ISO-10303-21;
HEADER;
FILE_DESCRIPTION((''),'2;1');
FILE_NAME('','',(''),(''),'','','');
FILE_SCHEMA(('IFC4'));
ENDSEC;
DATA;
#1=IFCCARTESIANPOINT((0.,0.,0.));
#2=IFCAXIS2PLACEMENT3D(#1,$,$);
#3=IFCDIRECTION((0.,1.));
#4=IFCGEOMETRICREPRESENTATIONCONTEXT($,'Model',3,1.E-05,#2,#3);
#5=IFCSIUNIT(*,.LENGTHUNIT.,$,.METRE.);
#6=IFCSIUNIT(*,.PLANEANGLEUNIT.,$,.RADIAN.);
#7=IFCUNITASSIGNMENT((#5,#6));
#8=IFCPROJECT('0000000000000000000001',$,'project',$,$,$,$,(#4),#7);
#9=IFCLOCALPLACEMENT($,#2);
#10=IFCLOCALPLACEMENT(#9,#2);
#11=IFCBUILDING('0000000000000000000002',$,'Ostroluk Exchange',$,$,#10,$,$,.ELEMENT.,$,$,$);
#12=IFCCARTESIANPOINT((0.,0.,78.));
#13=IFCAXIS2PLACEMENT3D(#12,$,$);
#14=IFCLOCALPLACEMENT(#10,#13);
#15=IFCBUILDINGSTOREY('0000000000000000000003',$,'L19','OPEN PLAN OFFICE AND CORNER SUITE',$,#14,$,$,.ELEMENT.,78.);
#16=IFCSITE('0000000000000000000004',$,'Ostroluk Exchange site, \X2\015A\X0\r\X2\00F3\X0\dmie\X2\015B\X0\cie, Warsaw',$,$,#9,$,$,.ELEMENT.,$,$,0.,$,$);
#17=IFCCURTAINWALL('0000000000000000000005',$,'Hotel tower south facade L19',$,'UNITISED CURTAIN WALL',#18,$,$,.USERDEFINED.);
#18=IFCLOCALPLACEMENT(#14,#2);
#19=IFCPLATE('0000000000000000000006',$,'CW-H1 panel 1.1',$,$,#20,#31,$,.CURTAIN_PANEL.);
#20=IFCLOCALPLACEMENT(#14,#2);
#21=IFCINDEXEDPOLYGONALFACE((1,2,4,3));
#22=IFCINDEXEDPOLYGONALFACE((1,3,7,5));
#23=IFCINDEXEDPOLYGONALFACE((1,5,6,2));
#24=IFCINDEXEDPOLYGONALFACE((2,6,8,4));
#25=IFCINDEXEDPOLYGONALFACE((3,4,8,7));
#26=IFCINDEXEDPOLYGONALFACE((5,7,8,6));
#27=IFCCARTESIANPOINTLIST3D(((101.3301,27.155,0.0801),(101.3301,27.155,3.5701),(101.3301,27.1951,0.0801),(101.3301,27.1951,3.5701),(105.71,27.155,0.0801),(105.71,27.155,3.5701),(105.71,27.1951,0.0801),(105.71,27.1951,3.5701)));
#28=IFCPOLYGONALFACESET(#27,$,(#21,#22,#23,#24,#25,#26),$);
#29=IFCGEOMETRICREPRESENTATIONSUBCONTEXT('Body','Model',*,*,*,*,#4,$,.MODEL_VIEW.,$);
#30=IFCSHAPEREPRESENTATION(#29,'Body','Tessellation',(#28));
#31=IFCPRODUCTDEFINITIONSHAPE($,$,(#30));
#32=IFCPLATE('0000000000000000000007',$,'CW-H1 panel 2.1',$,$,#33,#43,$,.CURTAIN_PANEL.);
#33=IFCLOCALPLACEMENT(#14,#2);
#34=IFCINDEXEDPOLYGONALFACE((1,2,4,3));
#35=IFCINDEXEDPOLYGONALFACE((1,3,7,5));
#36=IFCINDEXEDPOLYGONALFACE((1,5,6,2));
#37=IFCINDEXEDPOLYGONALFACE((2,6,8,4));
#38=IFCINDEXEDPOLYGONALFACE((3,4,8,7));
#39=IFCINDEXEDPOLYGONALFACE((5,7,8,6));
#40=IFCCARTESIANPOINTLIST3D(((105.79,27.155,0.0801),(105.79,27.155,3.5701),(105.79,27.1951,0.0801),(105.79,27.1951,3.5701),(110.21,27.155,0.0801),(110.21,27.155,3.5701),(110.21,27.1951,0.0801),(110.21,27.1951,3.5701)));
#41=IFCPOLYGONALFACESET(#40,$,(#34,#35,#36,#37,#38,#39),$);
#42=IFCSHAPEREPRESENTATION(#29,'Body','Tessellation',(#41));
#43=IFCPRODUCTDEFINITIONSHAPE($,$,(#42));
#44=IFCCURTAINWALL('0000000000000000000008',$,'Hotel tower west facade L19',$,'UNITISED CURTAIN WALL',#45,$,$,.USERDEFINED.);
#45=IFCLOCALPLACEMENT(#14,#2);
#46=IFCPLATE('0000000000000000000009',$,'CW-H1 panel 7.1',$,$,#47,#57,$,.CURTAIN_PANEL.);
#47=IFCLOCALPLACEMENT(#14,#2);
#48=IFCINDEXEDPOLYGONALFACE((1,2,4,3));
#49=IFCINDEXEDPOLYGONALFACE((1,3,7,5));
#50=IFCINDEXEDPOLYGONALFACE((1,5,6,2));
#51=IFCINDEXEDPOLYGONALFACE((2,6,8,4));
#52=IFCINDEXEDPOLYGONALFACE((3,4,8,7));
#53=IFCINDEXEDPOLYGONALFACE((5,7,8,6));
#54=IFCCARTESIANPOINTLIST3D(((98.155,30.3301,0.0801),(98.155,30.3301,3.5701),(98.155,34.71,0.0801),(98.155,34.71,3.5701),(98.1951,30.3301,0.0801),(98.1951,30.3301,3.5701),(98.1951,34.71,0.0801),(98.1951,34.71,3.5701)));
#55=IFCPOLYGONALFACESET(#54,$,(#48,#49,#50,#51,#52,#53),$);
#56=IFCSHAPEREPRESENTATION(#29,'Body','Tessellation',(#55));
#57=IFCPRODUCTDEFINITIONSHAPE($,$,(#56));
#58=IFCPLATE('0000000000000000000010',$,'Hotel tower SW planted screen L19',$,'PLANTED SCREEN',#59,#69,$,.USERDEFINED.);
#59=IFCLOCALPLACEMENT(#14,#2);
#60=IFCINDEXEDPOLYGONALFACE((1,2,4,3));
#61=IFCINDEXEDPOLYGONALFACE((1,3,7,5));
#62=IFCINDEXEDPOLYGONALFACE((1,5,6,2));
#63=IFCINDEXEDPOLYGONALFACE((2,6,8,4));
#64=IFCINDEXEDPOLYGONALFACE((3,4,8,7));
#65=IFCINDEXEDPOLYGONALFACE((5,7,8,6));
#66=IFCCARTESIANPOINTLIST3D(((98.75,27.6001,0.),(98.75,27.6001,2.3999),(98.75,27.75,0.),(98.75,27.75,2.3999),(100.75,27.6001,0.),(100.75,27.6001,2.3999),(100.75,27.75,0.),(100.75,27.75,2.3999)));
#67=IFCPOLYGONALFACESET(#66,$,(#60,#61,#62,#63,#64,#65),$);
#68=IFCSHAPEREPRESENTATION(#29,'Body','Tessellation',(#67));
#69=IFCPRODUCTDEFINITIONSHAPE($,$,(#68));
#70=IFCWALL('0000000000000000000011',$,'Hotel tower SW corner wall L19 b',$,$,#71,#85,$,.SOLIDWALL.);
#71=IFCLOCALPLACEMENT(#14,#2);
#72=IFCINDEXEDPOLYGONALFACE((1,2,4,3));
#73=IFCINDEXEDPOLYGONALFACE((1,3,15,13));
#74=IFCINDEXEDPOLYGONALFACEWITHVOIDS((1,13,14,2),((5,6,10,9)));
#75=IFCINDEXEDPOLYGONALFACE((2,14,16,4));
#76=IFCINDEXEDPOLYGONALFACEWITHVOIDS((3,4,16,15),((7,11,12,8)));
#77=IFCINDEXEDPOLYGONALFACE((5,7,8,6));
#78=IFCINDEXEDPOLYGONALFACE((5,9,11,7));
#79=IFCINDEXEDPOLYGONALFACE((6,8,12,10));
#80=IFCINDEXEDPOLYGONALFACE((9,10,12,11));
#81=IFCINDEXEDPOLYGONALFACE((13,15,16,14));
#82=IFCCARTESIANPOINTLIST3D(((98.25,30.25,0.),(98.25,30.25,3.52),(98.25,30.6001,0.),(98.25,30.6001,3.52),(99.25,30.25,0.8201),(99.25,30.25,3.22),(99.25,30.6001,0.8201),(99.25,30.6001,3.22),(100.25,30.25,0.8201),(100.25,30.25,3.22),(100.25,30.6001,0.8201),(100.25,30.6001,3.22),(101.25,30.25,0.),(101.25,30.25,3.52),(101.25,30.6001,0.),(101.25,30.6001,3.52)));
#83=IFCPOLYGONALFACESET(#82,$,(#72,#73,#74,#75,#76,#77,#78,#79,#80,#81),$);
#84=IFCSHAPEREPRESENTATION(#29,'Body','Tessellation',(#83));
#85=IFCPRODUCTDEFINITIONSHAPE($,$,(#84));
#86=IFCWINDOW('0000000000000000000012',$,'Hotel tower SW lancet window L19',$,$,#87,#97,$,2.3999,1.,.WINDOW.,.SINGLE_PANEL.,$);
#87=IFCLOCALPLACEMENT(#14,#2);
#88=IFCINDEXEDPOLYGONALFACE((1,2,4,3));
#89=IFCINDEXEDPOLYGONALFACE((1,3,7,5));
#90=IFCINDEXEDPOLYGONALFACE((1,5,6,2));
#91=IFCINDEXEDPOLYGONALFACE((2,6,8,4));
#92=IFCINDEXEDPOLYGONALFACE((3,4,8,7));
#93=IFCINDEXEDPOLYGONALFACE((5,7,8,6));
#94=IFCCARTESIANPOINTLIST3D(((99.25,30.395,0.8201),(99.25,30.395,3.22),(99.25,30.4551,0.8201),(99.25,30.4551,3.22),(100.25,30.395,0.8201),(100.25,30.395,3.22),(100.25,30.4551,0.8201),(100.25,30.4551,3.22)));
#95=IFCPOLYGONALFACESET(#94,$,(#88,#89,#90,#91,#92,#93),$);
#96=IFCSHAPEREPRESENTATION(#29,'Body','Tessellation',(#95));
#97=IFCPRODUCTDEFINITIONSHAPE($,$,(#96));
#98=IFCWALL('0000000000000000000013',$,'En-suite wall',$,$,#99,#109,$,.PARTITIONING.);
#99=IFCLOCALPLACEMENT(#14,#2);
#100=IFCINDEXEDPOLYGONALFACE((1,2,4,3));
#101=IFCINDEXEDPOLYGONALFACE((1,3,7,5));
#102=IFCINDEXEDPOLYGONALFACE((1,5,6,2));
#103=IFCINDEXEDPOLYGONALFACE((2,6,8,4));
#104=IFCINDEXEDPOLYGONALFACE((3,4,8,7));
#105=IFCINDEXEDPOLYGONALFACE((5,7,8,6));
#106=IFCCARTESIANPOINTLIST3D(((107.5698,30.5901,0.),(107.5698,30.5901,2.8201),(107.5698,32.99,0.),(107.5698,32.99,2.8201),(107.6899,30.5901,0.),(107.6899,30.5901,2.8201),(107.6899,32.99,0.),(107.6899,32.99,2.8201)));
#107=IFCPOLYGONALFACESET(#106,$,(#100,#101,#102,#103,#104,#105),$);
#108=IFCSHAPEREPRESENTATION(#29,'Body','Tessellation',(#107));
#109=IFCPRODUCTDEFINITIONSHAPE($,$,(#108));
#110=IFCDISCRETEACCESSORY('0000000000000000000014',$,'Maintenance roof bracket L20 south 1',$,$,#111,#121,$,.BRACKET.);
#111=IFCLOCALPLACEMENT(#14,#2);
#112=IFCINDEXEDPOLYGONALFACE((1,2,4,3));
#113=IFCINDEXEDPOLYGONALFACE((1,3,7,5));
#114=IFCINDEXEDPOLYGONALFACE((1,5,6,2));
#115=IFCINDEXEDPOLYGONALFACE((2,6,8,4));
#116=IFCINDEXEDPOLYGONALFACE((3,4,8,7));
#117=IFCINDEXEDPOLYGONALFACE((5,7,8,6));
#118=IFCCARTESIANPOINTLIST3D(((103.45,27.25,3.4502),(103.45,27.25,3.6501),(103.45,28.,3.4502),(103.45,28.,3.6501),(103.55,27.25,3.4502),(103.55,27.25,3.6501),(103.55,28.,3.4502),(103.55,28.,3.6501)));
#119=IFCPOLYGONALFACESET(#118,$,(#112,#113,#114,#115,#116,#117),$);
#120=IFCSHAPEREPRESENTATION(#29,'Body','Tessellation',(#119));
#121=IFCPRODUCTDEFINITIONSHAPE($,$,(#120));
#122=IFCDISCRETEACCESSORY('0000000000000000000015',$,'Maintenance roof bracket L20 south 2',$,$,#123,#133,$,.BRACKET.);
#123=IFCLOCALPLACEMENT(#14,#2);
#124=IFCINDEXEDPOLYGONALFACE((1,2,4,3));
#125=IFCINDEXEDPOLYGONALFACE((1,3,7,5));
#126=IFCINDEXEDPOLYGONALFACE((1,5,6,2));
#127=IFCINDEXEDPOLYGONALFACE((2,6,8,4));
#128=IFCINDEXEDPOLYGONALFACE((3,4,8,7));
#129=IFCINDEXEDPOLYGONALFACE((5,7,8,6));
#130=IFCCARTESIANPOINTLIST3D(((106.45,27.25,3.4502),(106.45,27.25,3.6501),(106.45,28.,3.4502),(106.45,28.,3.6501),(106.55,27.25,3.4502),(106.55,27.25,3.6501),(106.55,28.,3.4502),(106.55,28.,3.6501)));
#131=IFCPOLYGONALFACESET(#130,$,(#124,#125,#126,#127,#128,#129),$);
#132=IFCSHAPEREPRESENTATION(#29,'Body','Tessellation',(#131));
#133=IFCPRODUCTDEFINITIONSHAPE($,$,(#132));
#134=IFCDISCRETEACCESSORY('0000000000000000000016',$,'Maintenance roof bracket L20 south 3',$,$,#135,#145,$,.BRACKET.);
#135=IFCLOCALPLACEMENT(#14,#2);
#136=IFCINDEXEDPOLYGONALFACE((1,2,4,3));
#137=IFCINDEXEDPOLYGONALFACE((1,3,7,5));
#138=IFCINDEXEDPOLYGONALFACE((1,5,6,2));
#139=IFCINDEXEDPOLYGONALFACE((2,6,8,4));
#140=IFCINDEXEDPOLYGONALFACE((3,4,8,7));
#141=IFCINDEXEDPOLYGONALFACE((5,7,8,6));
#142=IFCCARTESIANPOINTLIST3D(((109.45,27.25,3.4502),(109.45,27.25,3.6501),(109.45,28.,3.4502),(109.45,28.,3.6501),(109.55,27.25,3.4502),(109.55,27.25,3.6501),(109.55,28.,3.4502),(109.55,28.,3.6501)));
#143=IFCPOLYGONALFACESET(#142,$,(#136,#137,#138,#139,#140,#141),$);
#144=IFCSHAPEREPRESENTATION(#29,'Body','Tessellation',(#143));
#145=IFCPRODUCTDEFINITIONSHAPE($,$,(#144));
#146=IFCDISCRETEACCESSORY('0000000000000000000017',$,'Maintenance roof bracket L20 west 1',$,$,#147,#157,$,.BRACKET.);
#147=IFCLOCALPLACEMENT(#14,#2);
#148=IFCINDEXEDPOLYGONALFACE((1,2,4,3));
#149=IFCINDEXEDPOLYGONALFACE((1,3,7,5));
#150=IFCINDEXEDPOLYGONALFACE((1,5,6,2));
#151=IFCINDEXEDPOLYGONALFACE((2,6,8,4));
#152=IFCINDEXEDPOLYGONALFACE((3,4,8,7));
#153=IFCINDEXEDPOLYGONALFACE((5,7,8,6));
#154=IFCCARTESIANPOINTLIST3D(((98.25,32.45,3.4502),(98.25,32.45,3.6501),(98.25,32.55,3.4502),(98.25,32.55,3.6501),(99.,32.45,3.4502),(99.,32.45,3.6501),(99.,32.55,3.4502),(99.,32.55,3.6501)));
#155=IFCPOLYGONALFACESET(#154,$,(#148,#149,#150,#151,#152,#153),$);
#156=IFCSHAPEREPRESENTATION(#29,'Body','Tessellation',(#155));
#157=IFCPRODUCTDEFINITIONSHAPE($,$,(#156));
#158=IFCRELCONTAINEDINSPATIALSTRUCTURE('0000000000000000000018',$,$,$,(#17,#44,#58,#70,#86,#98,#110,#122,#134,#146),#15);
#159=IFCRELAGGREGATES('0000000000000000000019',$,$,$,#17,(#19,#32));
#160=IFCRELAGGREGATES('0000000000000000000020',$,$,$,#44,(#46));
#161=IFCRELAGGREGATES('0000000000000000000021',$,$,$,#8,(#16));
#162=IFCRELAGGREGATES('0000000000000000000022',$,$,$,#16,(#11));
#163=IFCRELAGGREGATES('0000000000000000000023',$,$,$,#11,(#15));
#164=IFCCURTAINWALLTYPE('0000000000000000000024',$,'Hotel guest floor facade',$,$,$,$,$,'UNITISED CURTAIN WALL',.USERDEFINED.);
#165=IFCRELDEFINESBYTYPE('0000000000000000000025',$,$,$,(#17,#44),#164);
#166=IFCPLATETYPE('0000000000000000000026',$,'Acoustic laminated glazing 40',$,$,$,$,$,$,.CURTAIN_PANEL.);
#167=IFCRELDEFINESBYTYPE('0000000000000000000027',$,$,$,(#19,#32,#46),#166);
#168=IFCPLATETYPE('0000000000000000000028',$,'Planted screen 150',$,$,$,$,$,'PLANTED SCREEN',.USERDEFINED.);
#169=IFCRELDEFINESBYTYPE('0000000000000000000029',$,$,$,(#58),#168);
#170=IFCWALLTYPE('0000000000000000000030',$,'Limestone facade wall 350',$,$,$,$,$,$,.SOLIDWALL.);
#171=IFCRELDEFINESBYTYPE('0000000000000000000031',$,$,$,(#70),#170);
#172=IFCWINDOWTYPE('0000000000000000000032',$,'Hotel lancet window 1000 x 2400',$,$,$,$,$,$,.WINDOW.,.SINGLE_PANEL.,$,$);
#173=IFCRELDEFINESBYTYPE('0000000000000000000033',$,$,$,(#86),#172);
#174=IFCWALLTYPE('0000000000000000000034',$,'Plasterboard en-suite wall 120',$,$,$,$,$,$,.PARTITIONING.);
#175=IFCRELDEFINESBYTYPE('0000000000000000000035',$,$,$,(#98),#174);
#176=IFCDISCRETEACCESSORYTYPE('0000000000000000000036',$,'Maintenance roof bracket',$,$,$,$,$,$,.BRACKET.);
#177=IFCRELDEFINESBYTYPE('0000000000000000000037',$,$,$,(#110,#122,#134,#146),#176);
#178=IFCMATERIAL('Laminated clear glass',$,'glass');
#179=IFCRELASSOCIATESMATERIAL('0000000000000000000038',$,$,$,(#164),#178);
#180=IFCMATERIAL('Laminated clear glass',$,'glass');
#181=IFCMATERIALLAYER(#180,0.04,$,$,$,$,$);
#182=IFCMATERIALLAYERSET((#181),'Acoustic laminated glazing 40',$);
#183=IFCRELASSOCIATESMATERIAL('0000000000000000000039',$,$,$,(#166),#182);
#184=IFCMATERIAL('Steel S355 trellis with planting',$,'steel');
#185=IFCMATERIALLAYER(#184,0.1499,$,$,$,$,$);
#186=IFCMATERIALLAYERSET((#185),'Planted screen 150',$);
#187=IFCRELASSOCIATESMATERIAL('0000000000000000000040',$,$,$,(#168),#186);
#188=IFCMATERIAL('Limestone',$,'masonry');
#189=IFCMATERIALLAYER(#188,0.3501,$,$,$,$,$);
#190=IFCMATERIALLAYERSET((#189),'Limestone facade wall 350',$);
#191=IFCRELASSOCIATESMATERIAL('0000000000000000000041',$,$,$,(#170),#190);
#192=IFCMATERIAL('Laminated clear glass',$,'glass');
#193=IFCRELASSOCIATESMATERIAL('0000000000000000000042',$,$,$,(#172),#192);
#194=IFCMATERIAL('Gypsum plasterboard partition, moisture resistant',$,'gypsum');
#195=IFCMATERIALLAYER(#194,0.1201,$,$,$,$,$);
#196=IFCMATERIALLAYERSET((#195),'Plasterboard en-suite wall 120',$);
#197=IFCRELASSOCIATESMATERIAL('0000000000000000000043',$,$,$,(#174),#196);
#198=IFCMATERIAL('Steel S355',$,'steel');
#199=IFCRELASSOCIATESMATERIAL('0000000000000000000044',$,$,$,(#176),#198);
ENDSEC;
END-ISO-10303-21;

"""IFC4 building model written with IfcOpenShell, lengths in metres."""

from ifc_helpers import new_model, si_unit, direction, frame, frame_2d, origin, origin_2d, place, context, subcontext, project, spatial, rectangle, extrude, material, layer, layer_set, type_object, element, fill, aggregate, save


model = new_model("IFC4")

# Units and contexts
model_context = context("Model", 3, precision=1e-05, world=origin(), true_north=direction((0.0, 1.0)))
body_context = subcontext(model_context, "Body", "Model", "MODEL_VIEW")
ifc_project = project(units=[si_unit("LENGTHUNIT", "METRE"), si_unit("PLANEANGLEUNIT", "RADIAN")], contexts=[model_context])

# Site, building, storey
site_placement = place(None, origin())
site = spatial("IfcSite", under=ifc_project, at=site_placement, Name="Ostroluk Exchange site, Śródmieście, Warsaw", CompositionType="ELEMENT", RefElevation=0.0)
building_placement = place(site_placement, origin())
building = spatial("IfcBuilding", under=site, at=building_placement, Name="Ostroluk Exchange", CompositionType="ELEMENT")
storey_placement = place(building_placement, frame((0.0, 0.0, 78.0)))
storey = spatial("IfcBuildingStorey", under=building, at=storey_placement, Name="L19", Description="OPEN PLAN OFFICE AND CORNER SUITE", CompositionType="ELEMENT", Elevation=78.0)

# Curtain wall, plates
ifc_material_1 = material(Name="Laminated clear glass", Category="glass")
curtain_wall_type = type_object("IfcCurtainWallType", Name="Hotel guest floor facade", ElementType="UNITISED CURTAIN WALL", PredefinedType="USERDEFINED", material=ifc_material_1)
curtain_wall_1_placement = place(storey_placement, origin())
curtain_wall_1 = element("IfcCurtainWall", 1, at=curtain_wall_1_placement, inside=storey, type_object=curtain_wall_type, Name="Hotel tower south facade L19", ObjectType="UNITISED CURTAIN WALL", PredefinedType="USERDEFINED")
ifc_material_2 = material(Name="Laminated clear glass", Category="glass")
ifc_layer_1 = layer(ifc_material_2, 0.04)
ifc_layer_set_1 = layer_set([ifc_layer_1], Name="Acoustic laminated glazing 40")
plate_type_1 = type_object("IfcPlateType", Name="Acoustic laminated glazing 40", PredefinedType="CURTAIN_PANEL", material=ifc_layer_set_1)
plate_1_placement = place(storey_placement, frame((103.52, 27.175, 0.0801), z_axis=(0.0, 0.0, 1.0), x_axis=(1.0, 0.0, 0.0)))
plate_1 = element("IfcPlate", 2, at=plate_1_placement, type_object=plate_type_1, Name="CW-H1 panel 1.1", PredefinedType="CURTAIN_PANEL", context=body_context, shape_type="SweptSolid", body=[
    extrude(rectangle(XDim=4.3799, YDim=0.04, at=origin_2d()), origin(), (0.0, 0.0, 1.0), 3.49),
])
plate_2_placement = place(storey_placement, frame((108.0, 27.175, 0.0801), z_axis=(0.0, 0.0, 1.0), x_axis=(1.0, 0.0, 0.0)))
plate_2 = element("IfcPlate", 3, at=plate_2_placement, type_object=plate_type_1, Name="CW-H1 panel 2.1", PredefinedType="CURTAIN_PANEL", context=body_context, shape_type="SweptSolid", body=[
    extrude(rectangle(XDim=4.4199, YDim=0.04, at=origin_2d()), origin(), (0.0, 0.0, 1.0), 3.49),
])
aggregate(curtain_wall_1, [plate_1, plate_2])

# Curtain wall, plate
curtain_wall_2_placement = place(storey_placement, origin())
curtain_wall_2 = element("IfcCurtainWall", 4, at=curtain_wall_2_placement, inside=storey, type_object=curtain_wall_type, Name="Hotel tower west facade L19", ObjectType="UNITISED CURTAIN WALL", PredefinedType="USERDEFINED")
plate_3_placement = place(storey_placement, frame((98.175, 32.52, 0.0801), z_axis=(0.0, 0.0, 1.0), x_axis=(0.0, -1.0, 0.0)))
plate_3 = element("IfcPlate", 5, at=plate_3_placement, type_object=plate_type_1, Name="CW-H1 panel 7.1", PredefinedType="CURTAIN_PANEL", context=body_context, shape_type="SweptSolid", body=[
    extrude(rectangle(XDim=4.3799, YDim=0.04, at=origin_2d()), origin(), (0.0, 0.0, 1.0), 3.49),
])
aggregate(curtain_wall_2, [plate_3])

# Plate
ifc_material_3 = material(Name="Steel S355 trellis with planting", Category="steel")
ifc_layer_2 = layer(ifc_material_3, 0.1499)
ifc_layer_set_2 = layer_set([ifc_layer_2], Name="Planted screen 150")
plate_type_2 = type_object("IfcPlateType", Name="Planted screen 150", ElementType="PLANTED SCREEN", PredefinedType="USERDEFINED", material=ifc_layer_set_2)
plate_4_placement = place(storey_placement, frame((99.75, 27.675, 0.0), z_axis=(0.0, 0.0, 1.0), x_axis=(1.0, 0.0, 0.0)))
element("IfcPlate", 6, at=plate_4_placement, inside=storey, type_object=plate_type_2, Name="Hotel tower SW planted screen L19", ObjectType="PLANTED SCREEN", PredefinedType="USERDEFINED", context=body_context, shape_type="SweptSolid", body=[
    extrude(rectangle(XDim=2.0, YDim=0.1499, at=origin_2d()), origin(), (0.0, 0.0, 1.0), 2.3999),
])

# Shared definitions
ifc_material_4 = material(Name="Limestone", Category="masonry")
ifc_layer_3 = layer(ifc_material_4, 0.3501)
ifc_layer_set_3 = layer_set([ifc_layer_3], Name="Limestone facade wall 350")
wall_type_1 = type_object("IfcWallType", Name="Limestone facade wall 350", PredefinedType="SOLIDWALL", material=ifc_layer_set_3)

# Wall, opening, window
wall_1_placement = place(storey_placement, frame((101.25, 30.425, 0.0), z_axis=(0.0, 0.0, 1.0), x_axis=(-1.0, 0.0, 0.0)))
wall_1 = element("IfcWall", 7, at=wall_1_placement, inside=storey, type_object=wall_type_1, Name="Hotel tower SW corner wall L19 b", PredefinedType="SOLIDWALL", context=body_context, shape_type="SweptSolid", body=[
    extrude(rectangle(XDim=3.0, YDim=0.3501, at=frame_2d((1.5, 0.0))), origin(), (0.0, 0.0, 1.0), 3.52),
])
opening_1_placement = place(wall_1_placement, frame((1.0, 0.0, 0.8201)))
opening_1 = element("IfcOpeningElement", 8, at=opening_1_placement, cuts=wall_1, PredefinedType="OPENING", context=body_context, shape_type="SweptSolid", body=[
    extrude(rectangle(XDim=1.0, YDim=2.3999, at=frame_2d((0.5, 1.2))), frame((0.0, 0.1851, 0.0), z_axis=(0.0, -1.0, 0.0), x_axis=(1.0, 0.0, 0.0)), (0.0, 0.0, 1.0), 0.3701),
])
ifc_material_5 = material(Name="Laminated clear glass", Category="glass")
window_type = type_object("IfcWindowType", Name="Hotel lancet window 1000 x 2400", PartitioningType="SINGLE_PANEL", PredefinedType="WINDOW", material=ifc_material_5)
window_placement = place(opening_1_placement, origin())
window = element("IfcWindow", 9, at=window_placement, inside=storey, type_object=window_type, Name="Hotel tower SW lancet window L19", OverallHeight=2.3999, OverallWidth=1.0, PartitioningType="SINGLE_PANEL", PredefinedType="WINDOW", context=body_context, shape_type="SweptSolid", body=[
    extrude(rectangle(XDim=1.0, YDim=2.3999, at=frame_2d((0.5, 1.2))), frame((0.0, 0.03, 0.0), z_axis=(0.0, -1.0, 0.0), x_axis=(1.0, 0.0, 0.0)), (0.0, 0.0, 1.0), 0.0601),
])
fill(opening_1, window)

# Wall
ifc_material_6 = material(Name="Gypsum plasterboard partition, moisture resistant", Category="gypsum")
ifc_layer_4 = layer(ifc_material_6, 0.1201)
ifc_layer_set_4 = layer_set([ifc_layer_4], Name="Plasterboard en-suite wall 120")
wall_type_2 = type_object("IfcWallType", Name="Plasterboard en-suite wall 120", PredefinedType="PARTITIONING", material=ifc_layer_set_4)
wall_2_placement = place(storey_placement, frame((107.6299, 32.99, 0.0), z_axis=(0.0, 0.0, 1.0), x_axis=(0.0, -1.0, 0.0)))
element("IfcWall", 10, at=wall_2_placement, inside=storey, type_object=wall_type_2, Name="En-suite wall", PredefinedType="PARTITIONING", context=body_context, shape_type="SweptSolid", body=[
    extrude(rectangle(XDim=2.3999, YDim=0.1201, at=frame_2d((1.2, 0.0))), origin(), (0.0, 0.0, 1.0), 2.8201),
])

# Discrete accessories
ifc_material_7 = material(Name="Steel S355", Category="steel")
discrete_accessory_type = type_object("IfcDiscreteAccessoryType", Name="Maintenance roof bracket", PredefinedType="BRACKET", material=ifc_material_7)
for number, where, z_axis, x_axis, name in (
    (11, (103.5, 27.625, 3.4502), (0.0, 0.0, 1.0), (1.0, 0.0, 0.0), "Maintenance roof bracket L20 south 1"),
    (12, (106.5, 27.625, 3.4502), (0.0, 0.0, 1.0), (1.0, 0.0, 0.0), "Maintenance roof bracket L20 south 2"),
    (13, (109.5, 27.625, 3.4502), (0.0, 0.0, 1.0), (1.0, 0.0, 0.0), "Maintenance roof bracket L20 south 3"),
):
    element("IfcDiscreteAccessory", number, at=place(storey_placement, frame(where, z_axis=z_axis, x_axis=x_axis)), inside=storey, type_object=discrete_accessory_type, Name=name, PredefinedType="BRACKET", context=body_context, shape_type="SweptSolid", body=[
        extrude(rectangle(XDim=0.1001, YDim=0.75, at=origin_2d()), origin(), (0.0, 0.0, 1.0), 0.2),
    ])
discrete_accessory_placement = place(storey_placement, frame((98.625, 32.5, 3.4502), z_axis=(0.0, 0.0, 1.0), x_axis=(1.0, 0.0, 0.0)))
element("IfcDiscreteAccessory", 14, at=discrete_accessory_placement, inside=storey, type_object=discrete_accessory_type, Name="Maintenance roof bracket L20 west 1", PredefinedType="BRACKET", context=body_context, shape_type="SweptSolid", body=[
    extrude(rectangle(XDim=0.75, YDim=0.1001, at=origin_2d()), origin(), (0.0, 0.0, 1.0), 0.2),
])

save(model, "model.ifc")
